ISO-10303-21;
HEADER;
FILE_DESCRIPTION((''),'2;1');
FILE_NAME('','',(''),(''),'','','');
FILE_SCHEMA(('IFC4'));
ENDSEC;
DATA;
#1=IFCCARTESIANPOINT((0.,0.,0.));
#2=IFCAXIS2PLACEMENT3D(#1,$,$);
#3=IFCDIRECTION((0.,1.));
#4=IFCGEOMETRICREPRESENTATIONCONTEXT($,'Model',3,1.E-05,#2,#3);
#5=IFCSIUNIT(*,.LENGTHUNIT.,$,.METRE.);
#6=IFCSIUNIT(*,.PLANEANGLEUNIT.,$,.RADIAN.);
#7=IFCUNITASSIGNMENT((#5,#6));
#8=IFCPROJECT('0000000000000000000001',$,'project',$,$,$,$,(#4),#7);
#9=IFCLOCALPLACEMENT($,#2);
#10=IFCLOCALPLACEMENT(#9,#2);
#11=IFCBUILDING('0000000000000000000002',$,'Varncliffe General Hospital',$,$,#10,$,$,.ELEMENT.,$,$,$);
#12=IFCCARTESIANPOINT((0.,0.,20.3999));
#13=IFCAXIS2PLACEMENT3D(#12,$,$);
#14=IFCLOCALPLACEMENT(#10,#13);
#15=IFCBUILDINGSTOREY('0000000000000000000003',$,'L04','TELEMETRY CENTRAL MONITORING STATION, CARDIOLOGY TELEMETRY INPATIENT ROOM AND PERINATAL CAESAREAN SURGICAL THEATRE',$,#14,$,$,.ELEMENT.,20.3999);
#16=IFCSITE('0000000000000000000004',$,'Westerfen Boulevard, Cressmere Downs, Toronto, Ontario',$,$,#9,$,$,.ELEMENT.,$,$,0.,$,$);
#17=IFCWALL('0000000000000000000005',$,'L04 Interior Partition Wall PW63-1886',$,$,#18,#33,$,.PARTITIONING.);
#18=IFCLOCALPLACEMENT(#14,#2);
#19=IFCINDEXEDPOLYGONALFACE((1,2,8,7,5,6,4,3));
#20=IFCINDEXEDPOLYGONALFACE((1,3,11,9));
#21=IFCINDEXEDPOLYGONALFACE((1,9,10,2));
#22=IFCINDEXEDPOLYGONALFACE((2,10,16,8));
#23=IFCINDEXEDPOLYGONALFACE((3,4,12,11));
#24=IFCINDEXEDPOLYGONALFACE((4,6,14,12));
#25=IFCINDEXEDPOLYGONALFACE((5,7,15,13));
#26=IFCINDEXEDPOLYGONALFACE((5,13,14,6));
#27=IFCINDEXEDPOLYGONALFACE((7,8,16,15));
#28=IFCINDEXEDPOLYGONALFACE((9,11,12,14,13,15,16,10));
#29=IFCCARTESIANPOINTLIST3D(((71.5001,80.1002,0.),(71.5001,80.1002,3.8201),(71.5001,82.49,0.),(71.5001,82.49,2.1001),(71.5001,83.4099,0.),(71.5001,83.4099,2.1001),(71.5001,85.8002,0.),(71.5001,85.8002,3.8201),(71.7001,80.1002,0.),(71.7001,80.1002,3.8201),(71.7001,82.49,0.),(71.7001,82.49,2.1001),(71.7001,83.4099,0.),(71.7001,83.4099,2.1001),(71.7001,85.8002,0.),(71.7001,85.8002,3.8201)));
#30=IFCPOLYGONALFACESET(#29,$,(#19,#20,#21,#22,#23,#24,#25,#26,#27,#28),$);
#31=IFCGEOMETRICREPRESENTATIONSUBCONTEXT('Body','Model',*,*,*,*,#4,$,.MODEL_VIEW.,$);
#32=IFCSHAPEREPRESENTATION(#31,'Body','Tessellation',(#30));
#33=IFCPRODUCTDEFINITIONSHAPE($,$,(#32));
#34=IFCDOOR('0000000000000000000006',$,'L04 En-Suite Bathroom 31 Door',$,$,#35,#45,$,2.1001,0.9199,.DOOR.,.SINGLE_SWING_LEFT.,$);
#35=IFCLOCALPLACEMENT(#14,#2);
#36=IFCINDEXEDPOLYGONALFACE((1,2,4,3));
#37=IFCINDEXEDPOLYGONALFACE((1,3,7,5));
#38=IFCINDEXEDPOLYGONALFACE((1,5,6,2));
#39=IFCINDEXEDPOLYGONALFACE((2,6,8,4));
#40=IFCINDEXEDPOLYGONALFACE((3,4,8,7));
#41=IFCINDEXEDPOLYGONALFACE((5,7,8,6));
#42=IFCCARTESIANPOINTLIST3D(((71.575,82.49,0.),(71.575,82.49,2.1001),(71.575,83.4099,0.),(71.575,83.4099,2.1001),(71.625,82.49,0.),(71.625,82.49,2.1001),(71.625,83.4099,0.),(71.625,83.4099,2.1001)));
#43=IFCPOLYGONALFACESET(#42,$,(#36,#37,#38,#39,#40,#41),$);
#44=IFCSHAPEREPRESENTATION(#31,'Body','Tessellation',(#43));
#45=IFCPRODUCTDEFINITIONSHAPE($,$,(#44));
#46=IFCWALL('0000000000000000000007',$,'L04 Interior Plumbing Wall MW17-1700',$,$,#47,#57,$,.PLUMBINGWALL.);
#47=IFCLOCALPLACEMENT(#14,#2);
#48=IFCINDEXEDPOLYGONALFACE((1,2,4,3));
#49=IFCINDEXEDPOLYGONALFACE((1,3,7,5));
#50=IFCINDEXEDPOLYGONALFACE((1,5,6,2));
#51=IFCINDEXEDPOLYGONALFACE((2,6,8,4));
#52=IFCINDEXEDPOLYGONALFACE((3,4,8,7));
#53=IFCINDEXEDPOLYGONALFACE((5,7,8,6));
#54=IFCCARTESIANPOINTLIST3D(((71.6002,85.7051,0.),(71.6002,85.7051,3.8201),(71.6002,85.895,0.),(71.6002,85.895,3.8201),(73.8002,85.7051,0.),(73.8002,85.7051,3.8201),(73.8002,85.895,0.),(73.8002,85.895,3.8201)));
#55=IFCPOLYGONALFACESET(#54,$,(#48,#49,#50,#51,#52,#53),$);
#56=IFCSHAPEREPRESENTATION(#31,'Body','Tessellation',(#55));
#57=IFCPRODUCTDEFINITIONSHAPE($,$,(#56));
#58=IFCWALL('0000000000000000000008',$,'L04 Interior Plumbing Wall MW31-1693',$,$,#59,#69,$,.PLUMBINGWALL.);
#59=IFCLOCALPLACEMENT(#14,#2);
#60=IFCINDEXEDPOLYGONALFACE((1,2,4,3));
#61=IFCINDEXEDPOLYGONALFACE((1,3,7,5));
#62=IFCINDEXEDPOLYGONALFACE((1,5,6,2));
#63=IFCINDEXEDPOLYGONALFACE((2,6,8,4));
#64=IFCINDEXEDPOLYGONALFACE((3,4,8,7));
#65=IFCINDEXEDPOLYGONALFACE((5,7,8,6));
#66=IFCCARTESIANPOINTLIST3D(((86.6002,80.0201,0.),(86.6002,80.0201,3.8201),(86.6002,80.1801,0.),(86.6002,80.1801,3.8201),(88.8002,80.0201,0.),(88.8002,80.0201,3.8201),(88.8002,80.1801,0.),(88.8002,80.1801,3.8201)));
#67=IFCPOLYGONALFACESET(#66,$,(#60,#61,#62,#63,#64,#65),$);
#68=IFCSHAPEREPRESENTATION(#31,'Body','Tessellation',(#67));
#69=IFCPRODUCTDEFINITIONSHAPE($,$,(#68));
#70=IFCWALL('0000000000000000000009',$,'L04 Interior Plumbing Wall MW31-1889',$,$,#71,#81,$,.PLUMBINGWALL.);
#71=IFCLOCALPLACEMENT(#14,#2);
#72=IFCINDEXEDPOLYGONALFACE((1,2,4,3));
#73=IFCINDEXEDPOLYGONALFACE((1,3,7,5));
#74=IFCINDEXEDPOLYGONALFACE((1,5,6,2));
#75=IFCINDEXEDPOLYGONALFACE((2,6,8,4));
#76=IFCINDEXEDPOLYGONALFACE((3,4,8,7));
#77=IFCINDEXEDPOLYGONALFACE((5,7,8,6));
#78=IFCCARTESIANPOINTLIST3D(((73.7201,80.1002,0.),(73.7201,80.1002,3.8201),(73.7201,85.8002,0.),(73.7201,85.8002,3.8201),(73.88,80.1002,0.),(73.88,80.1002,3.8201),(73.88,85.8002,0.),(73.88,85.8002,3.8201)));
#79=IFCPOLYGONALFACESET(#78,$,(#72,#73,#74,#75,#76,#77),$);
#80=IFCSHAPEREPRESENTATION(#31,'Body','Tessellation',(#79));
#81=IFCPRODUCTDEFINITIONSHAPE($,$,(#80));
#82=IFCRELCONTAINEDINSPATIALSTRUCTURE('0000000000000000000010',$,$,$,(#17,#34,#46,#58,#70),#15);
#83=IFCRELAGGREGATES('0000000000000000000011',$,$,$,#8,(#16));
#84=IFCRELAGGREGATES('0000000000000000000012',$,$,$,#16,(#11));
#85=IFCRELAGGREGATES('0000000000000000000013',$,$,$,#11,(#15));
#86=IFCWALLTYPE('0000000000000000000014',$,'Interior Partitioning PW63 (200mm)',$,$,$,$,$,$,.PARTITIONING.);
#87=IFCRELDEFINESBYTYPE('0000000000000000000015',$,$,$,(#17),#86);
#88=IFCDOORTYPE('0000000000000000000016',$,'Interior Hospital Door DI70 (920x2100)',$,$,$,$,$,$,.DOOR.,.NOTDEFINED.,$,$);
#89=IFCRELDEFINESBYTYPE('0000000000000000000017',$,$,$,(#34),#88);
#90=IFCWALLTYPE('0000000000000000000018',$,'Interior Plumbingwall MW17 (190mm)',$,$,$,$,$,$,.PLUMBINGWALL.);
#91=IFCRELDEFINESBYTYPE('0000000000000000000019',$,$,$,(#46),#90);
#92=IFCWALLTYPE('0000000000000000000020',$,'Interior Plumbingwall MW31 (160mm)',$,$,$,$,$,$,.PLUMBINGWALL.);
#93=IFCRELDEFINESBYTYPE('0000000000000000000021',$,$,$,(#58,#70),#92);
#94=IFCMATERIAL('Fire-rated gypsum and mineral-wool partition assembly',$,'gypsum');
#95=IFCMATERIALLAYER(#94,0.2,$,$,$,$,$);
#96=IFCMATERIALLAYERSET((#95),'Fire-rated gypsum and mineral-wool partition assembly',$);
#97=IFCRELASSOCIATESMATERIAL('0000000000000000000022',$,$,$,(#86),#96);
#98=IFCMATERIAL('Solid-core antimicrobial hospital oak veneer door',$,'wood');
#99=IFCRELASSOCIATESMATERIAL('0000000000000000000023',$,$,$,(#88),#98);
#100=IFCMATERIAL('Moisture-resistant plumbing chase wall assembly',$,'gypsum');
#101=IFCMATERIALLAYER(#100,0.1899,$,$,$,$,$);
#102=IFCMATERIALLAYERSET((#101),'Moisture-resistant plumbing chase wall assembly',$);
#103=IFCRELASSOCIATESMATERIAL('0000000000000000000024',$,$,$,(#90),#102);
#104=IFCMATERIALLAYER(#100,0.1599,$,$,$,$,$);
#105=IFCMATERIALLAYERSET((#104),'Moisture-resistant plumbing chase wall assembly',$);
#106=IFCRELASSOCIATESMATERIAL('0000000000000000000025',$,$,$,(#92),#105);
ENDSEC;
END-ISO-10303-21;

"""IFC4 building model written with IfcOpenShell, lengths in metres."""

from ifc_helpers import new_model, si_unit, direction, frame, frame_2d, origin, place, context, subcontext, project, spatial, rectangle, extrude, material, layer, layer_set, type_object, element, fill, save


model = new_model("IFC4")

# Units and contexts
model_context = context("Model", 3, precision=1e-05, world=origin(), true_north=direction((0.0, 1.0)))
body_context = subcontext(model_context, "Body", "Model", "MODEL_VIEW")
ifc_project = project(units=[si_unit("LENGTHUNIT", "METRE"), si_unit("PLANEANGLEUNIT", "RADIAN")], contexts=[model_context])

# Site, building, storey
site_placement = place(None, origin())
site = spatial("IfcSite", under=ifc_project, at=site_placement, Name="Westerfen Boulevard, Cressmere Downs, Toronto, Ontario", CompositionType="ELEMENT", RefElevation=0.0)
building_placement = place(site_placement, origin())
building = spatial("IfcBuilding", under=site, at=building_placement, Name="Varncliffe General Hospital", CompositionType="ELEMENT")
storey_placement = place(building_placement, frame((0.0, 0.0, 20.3999)))
storey = spatial("IfcBuildingStorey", under=building, at=storey_placement, Name="L04", Description="TELEMETRY CENTRAL MONITORING STATION, CARDIOLOGY TELEMETRY INPATIENT ROOM AND PERINATAL CAESAREAN SURGICAL THEATRE", CompositionType="ELEMENT", Elevation=20.3999)

# Wall, opening, door
ifc_material_1 = material(Name="Fire-rated gypsum and mineral-wool partition assembly", Category="gypsum")
ifc_layer_1 = layer(ifc_material_1, 0.2)
ifc_layer_set_1 = layer_set([ifc_layer_1], Name="Fire-rated gypsum and mineral-wool partition assembly")
wall_type_1 = type_object("IfcWallType", Name="Interior Partitioning PW63 (200mm)", PredefinedType="PARTITIONING", material=ifc_layer_set_1)
wall_1_placement = place(storey_placement, frame((71.6001, 80.1001, 0.0), z_axis=(0.0, 0.0, 1.0), x_axis=(0.0, 1.0, 0.0)))
wall_1 = element("IfcWall", 1, at=wall_1_placement, inside=storey, type_object=wall_type_1, Name="L04 Interior Partition Wall PW63-1886", PredefinedType="PARTITIONING", context=body_context, shape_type="SweptSolid", body=[
    extrude(rectangle(XDim=5.7, YDim=0.2, at=frame_2d((2.8501, 0.0))), origin(), (0.0, 0.0, 1.0), 3.8201),
])
opening_1_placement = place(wall_1_placement, frame((2.3899, 0.0, 0.0)))
opening_1 = element("IfcOpeningElement", 2, at=opening_1_placement, cuts=wall_1, PredefinedType="OPENING", context=body_context, shape_type="SweptSolid", body=[
    extrude(rectangle(XDim=0.9199, YDim=2.1001, at=frame_2d((0.46, 1.05))), frame((0.0, 0.1099, 0.0), z_axis=(0.0, -1.0, 0.0), x_axis=(1.0, 0.0, 0.0)), (0.0, 0.0, 1.0), 0.22),
])
ifc_material_2 = material(Name="Solid-core antimicrobial hospital oak veneer door", Category="wood")
door_type_1 = type_object("IfcDoorType", Name="Interior Hospital Door DI70 (920x2100)", OperationType="NOTDEFINED", PredefinedType="DOOR", material=ifc_material_2)
door_1_placement = place(opening_1_placement, frame((0.9199, 0.0, 0.0), z_axis=(0.0, 0.0, 1.0), x_axis=(-1.0, 0.0, 0.0)))
door_1 = element("IfcDoor", 3, at=door_1_placement, inside=storey, type_object=door_type_1, Name="L04 En-Suite Bathroom 31 Door", OperationType="SINGLE_SWING_LEFT", OverallHeight=2.1001, OverallWidth=0.9199, PredefinedType="DOOR", context=body_context, shape_type="SweptSolid", body=[
    extrude(rectangle(XDim=0.9199, YDim=2.1001, at=frame_2d((0.46, 1.05))), frame((0.0, 0.0249, 0.0), z_axis=(0.0, -1.0, 0.0), x_axis=(1.0, 0.0, 0.0)), (0.0, 0.0, 1.0), 0.05),
])
fill(opening_1, door_1)

# Walls
ifc_material_3 = material(Name="Moisture-resistant plumbing chase wall assembly", Category="gypsum")
ifc_layer_2 = layer(ifc_material_3, 0.1899)
ifc_layer_set_2 = layer_set([ifc_layer_2], Name="Moisture-resistant plumbing chase wall assembly")
wall_type_2 = type_object("IfcWallType", Name="Interior Plumbingwall MW17 (190mm)", PredefinedType="PLUMBINGWALL", material=ifc_layer_set_2)
wall_2_placement = place(storey_placement, frame((71.6001, 85.8, 0.0), z_axis=(0.0, 0.0, 1.0), x_axis=(1.0, 0.0, 0.0)))
element("IfcWall", 4, at=wall_2_placement, inside=storey, type_object=wall_type_2, Name="L04 Interior Plumbing Wall MW17-1700", PredefinedType="PLUMBINGWALL", context=body_context, shape_type="SweptSolid", body=[
    extrude(rectangle(XDim=2.2, YDim=0.1899, at=frame_2d((1.1001, 0.0))), origin(), (0.0, 0.0, 1.0), 3.8201),
])
ifc_layer_3 = layer(ifc_material_3, 0.1599)
ifc_layer_set_3 = layer_set([ifc_layer_3], Name="Moisture-resistant plumbing chase wall assembly")
wall_type_3 = type_object("IfcWallType", Name="Interior Plumbingwall MW31 (160mm)", PredefinedType="PLUMBINGWALL", material=ifc_layer_set_3)
wall_3_placement = place(storey_placement, frame((86.6001, 80.1001, 0.0), z_axis=(0.0, 0.0, 1.0), x_axis=(1.0, 0.0, 0.0)))
element("IfcWall", 5, at=wall_3_placement, inside=storey, type_object=wall_type_3, Name="L04 Interior Plumbing Wall MW31-1693", PredefinedType="PLUMBINGWALL", context=body_context, shape_type="SweptSolid", body=[
    extrude(rectangle(XDim=2.2, YDim=0.1599, at=frame_2d((1.1001, 0.0))), origin(), (0.0, 0.0, 1.0), 3.8201),
])
wall_4_placement = place(storey_placement, frame((73.8, 80.1001, 0.0), z_axis=(0.0, 0.0, 1.0), x_axis=(0.0, 1.0, 0.0)))
element("IfcWall", 6, at=wall_4_placement, inside=storey, type_object=wall_type_3, Name="L04 Interior Plumbing Wall MW31-1889", PredefinedType="PLUMBINGWALL", context=body_context, shape_type="SweptSolid", body=[
    extrude(rectangle(XDim=5.7, YDim=0.1599, at=frame_2d((2.8501, 0.0))), origin(), (0.0, 0.0, 1.0), 3.8201),
])

save(model, "model.ifc")
